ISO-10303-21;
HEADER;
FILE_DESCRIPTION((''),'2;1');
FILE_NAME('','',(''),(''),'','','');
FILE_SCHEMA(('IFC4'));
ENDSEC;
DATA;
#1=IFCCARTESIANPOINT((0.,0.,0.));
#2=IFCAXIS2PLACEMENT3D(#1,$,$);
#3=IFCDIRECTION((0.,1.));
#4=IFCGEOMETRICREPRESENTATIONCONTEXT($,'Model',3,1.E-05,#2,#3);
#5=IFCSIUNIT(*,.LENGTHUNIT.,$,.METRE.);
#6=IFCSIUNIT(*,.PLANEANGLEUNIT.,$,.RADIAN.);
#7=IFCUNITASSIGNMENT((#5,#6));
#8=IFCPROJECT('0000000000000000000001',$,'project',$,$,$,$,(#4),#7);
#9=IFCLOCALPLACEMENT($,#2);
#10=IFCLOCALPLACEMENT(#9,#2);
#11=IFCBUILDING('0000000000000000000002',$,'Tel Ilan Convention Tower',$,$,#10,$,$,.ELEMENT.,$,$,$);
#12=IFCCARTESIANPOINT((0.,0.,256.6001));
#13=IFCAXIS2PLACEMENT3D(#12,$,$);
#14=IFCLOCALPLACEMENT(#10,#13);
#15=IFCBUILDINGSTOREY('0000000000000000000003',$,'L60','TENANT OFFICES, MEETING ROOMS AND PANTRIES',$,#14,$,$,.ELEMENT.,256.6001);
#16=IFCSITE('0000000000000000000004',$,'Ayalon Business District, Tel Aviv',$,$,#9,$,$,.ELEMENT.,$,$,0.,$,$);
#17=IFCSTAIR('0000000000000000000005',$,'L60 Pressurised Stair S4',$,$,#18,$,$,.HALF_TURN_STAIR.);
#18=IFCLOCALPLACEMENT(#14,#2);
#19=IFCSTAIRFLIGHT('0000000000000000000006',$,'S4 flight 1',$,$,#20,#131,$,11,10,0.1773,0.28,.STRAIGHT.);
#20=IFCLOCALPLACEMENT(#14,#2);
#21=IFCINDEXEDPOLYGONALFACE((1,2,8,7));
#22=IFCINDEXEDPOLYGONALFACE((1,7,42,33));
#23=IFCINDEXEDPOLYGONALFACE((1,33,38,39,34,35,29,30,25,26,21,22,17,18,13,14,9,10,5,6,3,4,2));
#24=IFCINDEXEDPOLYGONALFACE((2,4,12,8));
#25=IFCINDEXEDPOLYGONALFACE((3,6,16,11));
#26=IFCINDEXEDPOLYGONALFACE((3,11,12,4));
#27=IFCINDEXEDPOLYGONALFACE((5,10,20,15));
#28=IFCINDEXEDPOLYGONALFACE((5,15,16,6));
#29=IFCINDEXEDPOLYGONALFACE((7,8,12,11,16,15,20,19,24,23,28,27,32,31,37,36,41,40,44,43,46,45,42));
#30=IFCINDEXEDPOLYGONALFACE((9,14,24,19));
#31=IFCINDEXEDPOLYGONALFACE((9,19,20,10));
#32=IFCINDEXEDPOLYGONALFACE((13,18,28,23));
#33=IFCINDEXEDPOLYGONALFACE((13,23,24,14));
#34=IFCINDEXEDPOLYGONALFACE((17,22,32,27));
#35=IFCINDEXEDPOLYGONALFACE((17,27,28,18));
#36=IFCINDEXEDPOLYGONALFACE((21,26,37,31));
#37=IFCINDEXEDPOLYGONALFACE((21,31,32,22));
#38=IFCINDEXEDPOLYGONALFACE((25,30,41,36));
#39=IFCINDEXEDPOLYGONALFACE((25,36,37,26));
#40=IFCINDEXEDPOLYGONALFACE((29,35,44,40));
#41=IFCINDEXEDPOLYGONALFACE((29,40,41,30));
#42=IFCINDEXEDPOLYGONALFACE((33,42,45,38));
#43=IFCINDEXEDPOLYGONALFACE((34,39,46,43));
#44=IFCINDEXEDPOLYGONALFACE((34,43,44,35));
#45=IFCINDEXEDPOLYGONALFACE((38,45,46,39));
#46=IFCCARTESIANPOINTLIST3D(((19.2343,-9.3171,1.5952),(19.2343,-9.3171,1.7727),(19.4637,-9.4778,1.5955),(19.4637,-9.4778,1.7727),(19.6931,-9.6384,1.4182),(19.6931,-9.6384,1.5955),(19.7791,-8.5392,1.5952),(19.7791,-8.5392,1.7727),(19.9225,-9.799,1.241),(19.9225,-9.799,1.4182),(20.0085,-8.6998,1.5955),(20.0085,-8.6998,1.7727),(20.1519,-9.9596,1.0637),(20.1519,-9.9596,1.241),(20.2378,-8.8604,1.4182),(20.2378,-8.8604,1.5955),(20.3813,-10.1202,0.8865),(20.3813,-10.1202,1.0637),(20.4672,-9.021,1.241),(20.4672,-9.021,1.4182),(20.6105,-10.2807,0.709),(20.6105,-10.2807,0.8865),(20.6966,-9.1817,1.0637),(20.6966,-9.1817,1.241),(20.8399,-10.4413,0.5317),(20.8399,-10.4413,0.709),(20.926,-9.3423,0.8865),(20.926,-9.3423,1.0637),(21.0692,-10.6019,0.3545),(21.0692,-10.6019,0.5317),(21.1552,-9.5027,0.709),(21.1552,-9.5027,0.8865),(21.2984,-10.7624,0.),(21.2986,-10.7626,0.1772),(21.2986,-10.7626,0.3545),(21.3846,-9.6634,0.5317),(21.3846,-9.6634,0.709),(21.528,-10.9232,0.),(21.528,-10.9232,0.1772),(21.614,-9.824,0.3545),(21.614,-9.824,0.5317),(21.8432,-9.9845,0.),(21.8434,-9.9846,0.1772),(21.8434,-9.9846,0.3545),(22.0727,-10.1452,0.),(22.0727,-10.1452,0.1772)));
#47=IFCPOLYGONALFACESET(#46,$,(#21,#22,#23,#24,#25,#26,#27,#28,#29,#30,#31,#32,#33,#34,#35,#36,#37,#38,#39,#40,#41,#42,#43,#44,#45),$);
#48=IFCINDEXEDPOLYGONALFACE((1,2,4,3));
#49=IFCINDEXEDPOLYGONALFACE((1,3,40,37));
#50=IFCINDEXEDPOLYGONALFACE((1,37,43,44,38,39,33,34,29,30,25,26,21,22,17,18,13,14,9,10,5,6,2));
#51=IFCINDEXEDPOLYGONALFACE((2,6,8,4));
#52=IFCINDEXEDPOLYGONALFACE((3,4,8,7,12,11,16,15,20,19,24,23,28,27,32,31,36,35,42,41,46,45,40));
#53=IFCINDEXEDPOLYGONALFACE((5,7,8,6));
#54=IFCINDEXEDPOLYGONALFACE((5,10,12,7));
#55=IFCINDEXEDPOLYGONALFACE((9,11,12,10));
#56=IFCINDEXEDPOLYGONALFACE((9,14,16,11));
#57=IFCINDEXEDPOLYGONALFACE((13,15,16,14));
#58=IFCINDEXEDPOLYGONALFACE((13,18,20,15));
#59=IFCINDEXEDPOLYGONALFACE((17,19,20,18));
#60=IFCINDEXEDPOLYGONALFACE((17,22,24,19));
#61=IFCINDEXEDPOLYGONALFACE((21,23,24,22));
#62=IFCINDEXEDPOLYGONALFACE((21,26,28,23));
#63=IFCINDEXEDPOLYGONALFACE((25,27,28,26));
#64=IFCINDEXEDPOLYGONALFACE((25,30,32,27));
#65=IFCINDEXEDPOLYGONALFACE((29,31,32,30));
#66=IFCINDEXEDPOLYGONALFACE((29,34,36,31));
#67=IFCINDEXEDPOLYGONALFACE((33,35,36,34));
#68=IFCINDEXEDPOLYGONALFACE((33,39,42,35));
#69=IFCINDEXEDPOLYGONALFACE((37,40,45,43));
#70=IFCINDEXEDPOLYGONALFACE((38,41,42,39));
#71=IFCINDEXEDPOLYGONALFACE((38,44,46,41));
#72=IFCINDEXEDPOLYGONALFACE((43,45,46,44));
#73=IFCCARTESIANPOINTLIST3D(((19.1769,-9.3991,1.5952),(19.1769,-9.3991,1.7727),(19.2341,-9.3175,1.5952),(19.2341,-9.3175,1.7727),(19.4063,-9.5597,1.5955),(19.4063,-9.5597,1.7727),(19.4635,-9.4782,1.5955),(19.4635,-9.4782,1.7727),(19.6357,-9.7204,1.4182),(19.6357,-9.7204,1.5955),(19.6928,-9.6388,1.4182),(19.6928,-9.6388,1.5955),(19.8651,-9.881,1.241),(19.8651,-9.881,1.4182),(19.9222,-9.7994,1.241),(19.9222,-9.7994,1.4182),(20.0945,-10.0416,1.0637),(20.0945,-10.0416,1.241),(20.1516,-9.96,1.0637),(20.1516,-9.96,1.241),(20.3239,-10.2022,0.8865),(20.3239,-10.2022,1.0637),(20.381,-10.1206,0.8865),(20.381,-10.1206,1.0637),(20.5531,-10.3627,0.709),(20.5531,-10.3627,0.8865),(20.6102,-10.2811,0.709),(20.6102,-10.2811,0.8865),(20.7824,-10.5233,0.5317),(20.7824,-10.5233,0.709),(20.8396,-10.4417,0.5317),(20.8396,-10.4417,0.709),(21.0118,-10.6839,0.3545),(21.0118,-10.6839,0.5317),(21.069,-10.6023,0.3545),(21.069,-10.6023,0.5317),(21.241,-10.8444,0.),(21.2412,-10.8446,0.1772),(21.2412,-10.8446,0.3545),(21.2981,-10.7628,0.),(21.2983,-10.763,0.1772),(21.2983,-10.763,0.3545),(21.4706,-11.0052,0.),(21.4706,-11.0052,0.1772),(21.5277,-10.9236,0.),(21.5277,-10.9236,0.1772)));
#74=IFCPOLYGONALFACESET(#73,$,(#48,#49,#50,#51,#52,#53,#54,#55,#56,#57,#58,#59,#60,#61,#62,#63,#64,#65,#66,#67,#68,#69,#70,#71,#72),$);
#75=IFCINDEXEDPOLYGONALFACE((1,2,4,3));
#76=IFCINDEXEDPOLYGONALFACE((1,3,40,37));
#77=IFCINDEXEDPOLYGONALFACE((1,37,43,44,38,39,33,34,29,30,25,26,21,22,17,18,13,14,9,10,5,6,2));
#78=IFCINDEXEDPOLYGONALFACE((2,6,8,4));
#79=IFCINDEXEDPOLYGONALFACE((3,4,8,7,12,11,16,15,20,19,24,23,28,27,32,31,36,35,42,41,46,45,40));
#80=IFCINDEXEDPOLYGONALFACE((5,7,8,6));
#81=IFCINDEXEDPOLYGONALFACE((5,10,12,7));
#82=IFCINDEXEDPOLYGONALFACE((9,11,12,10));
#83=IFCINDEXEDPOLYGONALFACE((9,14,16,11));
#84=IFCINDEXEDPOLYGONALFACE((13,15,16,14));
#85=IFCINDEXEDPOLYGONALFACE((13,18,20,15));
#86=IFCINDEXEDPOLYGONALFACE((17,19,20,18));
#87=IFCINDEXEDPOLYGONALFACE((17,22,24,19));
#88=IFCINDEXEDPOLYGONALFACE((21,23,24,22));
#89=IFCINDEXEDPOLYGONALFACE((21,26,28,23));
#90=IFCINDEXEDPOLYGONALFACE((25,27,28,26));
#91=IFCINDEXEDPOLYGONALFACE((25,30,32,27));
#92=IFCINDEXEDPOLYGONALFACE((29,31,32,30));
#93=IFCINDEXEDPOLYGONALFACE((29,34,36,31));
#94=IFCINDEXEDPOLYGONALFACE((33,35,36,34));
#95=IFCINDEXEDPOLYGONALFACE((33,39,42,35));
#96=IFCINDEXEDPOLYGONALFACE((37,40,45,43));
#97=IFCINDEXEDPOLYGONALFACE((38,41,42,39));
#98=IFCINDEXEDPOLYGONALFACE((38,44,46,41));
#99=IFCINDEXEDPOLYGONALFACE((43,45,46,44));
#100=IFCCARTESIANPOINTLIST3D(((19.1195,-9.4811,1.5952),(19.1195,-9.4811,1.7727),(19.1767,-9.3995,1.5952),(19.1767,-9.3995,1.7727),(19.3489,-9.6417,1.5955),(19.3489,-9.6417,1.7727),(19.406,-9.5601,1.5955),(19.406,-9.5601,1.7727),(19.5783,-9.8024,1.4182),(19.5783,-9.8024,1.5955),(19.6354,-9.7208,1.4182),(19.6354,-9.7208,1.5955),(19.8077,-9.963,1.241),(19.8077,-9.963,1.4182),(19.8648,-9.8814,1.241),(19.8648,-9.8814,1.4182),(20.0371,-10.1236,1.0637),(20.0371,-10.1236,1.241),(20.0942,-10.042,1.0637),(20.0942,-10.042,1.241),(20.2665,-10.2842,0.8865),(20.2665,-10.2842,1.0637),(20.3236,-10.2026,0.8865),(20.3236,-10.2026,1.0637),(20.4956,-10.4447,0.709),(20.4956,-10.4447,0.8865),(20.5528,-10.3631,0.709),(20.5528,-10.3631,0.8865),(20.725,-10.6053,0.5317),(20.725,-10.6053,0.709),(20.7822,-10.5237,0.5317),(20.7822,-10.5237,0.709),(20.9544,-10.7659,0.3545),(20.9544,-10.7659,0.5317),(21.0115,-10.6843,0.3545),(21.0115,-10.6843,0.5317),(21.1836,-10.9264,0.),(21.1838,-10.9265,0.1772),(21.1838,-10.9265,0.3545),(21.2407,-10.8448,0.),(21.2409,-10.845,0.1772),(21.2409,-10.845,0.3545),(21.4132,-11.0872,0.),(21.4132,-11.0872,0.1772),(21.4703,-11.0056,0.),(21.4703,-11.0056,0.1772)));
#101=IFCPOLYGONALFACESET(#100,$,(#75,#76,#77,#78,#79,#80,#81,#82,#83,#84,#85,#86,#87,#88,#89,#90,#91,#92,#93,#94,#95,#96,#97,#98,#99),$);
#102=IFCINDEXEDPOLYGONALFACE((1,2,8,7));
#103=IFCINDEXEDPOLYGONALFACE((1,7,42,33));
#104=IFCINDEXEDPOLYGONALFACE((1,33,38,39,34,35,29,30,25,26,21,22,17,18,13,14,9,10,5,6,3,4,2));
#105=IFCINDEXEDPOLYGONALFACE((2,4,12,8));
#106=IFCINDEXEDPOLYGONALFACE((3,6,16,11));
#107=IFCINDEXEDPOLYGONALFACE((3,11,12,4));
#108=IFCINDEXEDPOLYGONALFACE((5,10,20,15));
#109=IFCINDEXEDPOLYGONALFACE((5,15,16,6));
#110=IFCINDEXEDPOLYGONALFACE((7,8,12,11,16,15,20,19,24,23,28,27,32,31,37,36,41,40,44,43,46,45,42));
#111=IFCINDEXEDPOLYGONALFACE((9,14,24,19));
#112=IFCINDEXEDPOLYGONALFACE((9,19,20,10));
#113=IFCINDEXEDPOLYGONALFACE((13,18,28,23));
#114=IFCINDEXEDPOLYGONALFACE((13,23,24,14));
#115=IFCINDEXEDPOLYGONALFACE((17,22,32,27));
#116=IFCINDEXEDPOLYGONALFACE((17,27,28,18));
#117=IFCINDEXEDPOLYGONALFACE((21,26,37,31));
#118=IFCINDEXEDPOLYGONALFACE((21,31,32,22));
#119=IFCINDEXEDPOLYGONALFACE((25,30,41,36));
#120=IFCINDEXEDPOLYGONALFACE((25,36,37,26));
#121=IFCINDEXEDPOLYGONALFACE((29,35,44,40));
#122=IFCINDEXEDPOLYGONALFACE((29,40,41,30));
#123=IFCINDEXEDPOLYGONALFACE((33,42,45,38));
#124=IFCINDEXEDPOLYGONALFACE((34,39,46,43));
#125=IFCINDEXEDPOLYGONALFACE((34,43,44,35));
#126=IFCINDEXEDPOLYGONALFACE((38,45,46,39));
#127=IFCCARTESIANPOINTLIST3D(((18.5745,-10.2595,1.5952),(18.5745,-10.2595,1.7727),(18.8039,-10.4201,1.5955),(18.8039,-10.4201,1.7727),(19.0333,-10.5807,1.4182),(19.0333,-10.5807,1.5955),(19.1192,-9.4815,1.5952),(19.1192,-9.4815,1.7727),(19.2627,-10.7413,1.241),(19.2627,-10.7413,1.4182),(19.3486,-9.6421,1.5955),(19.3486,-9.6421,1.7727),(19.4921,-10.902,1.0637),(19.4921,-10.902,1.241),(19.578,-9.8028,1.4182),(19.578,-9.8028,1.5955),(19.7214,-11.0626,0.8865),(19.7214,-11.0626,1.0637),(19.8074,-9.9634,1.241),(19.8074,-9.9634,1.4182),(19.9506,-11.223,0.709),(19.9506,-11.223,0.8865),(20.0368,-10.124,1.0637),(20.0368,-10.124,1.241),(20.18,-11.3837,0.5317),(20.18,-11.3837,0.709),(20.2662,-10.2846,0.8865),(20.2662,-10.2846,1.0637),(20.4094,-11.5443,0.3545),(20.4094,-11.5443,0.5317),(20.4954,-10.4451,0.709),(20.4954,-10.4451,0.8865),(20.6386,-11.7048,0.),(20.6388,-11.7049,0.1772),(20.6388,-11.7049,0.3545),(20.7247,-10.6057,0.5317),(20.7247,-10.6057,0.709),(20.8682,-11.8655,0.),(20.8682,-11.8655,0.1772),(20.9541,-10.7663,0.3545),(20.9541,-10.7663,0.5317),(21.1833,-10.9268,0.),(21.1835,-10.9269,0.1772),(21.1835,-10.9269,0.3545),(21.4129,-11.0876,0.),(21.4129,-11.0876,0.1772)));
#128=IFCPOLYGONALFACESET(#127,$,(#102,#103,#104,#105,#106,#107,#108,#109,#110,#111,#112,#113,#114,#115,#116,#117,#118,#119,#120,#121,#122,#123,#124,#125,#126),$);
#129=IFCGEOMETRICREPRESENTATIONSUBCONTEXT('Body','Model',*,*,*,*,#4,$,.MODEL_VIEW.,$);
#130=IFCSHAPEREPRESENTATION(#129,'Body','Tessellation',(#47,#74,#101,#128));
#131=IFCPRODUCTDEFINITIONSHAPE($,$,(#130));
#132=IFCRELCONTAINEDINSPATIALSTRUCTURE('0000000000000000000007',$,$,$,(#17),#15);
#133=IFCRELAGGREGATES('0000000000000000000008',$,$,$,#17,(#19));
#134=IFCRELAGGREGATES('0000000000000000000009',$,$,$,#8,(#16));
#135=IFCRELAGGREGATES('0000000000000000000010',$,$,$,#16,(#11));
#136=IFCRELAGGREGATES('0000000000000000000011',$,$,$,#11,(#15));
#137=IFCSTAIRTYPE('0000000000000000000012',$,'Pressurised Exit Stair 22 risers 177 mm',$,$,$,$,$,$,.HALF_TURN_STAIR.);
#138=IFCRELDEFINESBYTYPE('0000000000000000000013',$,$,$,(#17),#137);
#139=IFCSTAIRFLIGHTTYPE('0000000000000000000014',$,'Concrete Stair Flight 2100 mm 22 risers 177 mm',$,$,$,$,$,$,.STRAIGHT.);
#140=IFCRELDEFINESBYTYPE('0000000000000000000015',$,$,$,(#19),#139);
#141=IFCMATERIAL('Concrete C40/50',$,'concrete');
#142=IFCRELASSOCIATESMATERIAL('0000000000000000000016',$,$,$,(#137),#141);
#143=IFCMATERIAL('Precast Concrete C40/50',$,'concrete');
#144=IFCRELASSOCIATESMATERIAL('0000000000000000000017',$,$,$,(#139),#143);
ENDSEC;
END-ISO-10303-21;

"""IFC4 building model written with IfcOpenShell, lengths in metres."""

from ifc_helpers import new_model, si_unit, direction, frame, origin, place, context, subcontext, project, spatial, polyline, outline, extrude, material, type_object, element, aggregate, save


model = new_model("IFC4")

# Units and contexts
model_context = context("Model", 3, precision=1e-05, world=origin(), true_north=direction((0.0, 1.0)))
body_context = subcontext(model_context, "Body", "Model", "MODEL_VIEW")
ifc_project = project(units=[si_unit("LENGTHUNIT", "METRE"), si_unit("PLANEANGLEUNIT", "RADIAN")], contexts=[model_context])

# Site, building, storey
site_placement = place(None, origin())
site = spatial("IfcSite", under=ifc_project, at=site_placement, Name="Ayalon Business District, Tel Aviv", CompositionType="ELEMENT", RefElevation=0.0)
building_placement = place(site_placement, origin())
building = spatial("IfcBuilding", under=site, at=building_placement, Name="Tel Ilan Convention Tower", CompositionType="ELEMENT")
storey_placement = place(building_placement, frame((0.0, 0.0, 256.6001)))
storey = spatial("IfcBuildingStorey", under=building, at=storey_placement, Name="L60", Description="TENANT OFFICES, MEETING ROOMS AND PANTRIES", CompositionType="ELEMENT", Elevation=256.6001)

# Stair, stair flight
ifc_material_1 = material(Name="Concrete C40/50", Category="concrete")
stair_type = type_object("IfcStairType", Name="Pressurised Exit Stair 22 risers 177 mm", PredefinedType="HALF_TURN_STAIR", material=ifc_material_1)
stair_placement = place(storey_placement, origin())
stair = element("IfcStair", 1, at=stair_placement, inside=storey, type_object=stair_type, Name="L60 Pressurised Stair S4", PredefinedType="HALF_TURN_STAIR")
ifc_material_2 = material(Name="Precast Concrete C40/50", Category="concrete")
stair_flight_type = type_object("IfcStairFlightType", Name="Concrete Stair Flight 2100 mm 22 risers 177 mm", PredefinedType="STRAIGHT", material=ifc_material_2)
stair_flight_1_placement = place(storey_placement, frame((21.4705, -11.0054, 0.0), z_axis=(0.0, 0.0, 1.0), x_axis=(-0.819152, 0.573576, 0.0)))
stair_flight_1 = element("IfcStairFlight", 2, at=stair_flight_1_placement, type_object=stair_flight_type, Name="S4 flight 1", NumberOfRisers=11, NumberOfTreads=10, PredefinedType="STRAIGHT", RiserHeight=0.1773, TreadLength=0.28, context=body_context, shape_type="SweptSolid", body=[
    extrude(outline(polyline([(0.0, 0.0), (0.0, 0.1772), (0.28, 0.1772), (0.28, 0.3545), (0.5601, 0.3545), (0.5601, 0.5317), (0.8401, 0.5317), (0.8401, 0.709), (1.1201, 0.709), (1.1201, 0.8865), (1.3999, 0.8865), (1.3999, 1.0637), (1.6799, 1.0637), (1.6799, 1.241), (1.96, 1.241), (1.96, 1.4182), (2.24, 1.4182), (2.24, 1.5955), (2.52, 1.5955), (2.52, 1.7727), (2.8, 1.7727), (2.8, 1.95), (2.8, 1.5952), (0.2803, 0.0), (0.0, 0.0)])), frame((0.0, -0.1003, 0.0), z_axis=(0.0, -1.0, 0.0), x_axis=(1.0, 0.0, 0.0)), (0.0, 0.0, 1.0), 0.9497),
    extrude(outline(polyline([(0.0, 0.0), (0.0, 0.1772), (0.28, 0.1772), (0.28, 0.3545), (0.5601, 0.3545), (0.5601, 0.5317), (0.8401, 0.5317), (0.8401, 0.709), (1.1201, 0.709), (1.1201, 0.8865), (1.3999, 0.8865), (1.3999, 1.0637), (1.6799, 1.0637), (1.6799, 1.241), (1.96, 1.241), (1.96, 1.4182), (2.24, 1.4182), (2.24, 1.5955), (2.52, 1.5955), (2.52, 1.7727), (2.8, 1.7727), (2.8, 1.95), (2.8, 1.5952), (0.2803, 0.0), (0.0, 0.0)])), frame((0.0, -0.0002, 0.0), z_axis=(0.0, -1.0, 0.0), x_axis=(1.0, 0.0, 0.0)), (0.0, 0.0, 1.0), 0.0996),
    extrude(outline(polyline([(0.0, 0.0), (0.0, 0.1772), (0.28, 0.1772), (0.28, 0.3545), (0.5601, 0.3545), (0.5601, 0.5317), (0.8401, 0.5317), (0.8401, 0.709), (1.1201, 0.709), (1.1201, 0.8865), (1.3999, 0.8865), (1.3999, 1.0637), (1.6799, 1.0637), (1.6799, 1.241), (1.96, 1.241), (1.96, 1.4182), (2.24, 1.4182), (2.24, 1.5955), (2.52, 1.5955), (2.52, 1.7727), (2.8, 1.7727), (2.8, 1.95), (2.8, 1.5952), (0.2803, 0.0), (0.0, 0.0)])), frame((0.0, 0.0999, 0.0), z_axis=(0.0, -1.0, 0.0), x_axis=(1.0, 0.0, 0.0)), (0.0, 0.0, 1.0), 0.0996),
    extrude(outline(polyline([(0.0, 0.0), (0.0, 0.1772), (0.28, 0.1772), (0.28, 0.3545), (0.5601, 0.3545), (0.5601, 0.5317), (0.8401, 0.5317), (0.8401, 0.709), (1.1201, 0.709), (1.1201, 0.8865), (1.3999, 0.8865), (1.3999, 1.0637), (1.6799, 1.0637), (1.6799, 1.241), (1.96, 1.241), (1.96, 1.4182), (2.24, 1.4182), (2.24, 1.5955), (2.52, 1.5955), (2.52, 1.7727), (2.8, 1.7727), (2.8, 1.95), (2.8, 1.5952), (0.2803, 0.0), (0.0, 0.0)])), frame((0.0, 1.05, 0.0), z_axis=(0.0, -1.0, 0.0), x_axis=(1.0, 0.0, 0.0)), (0.0, 0.0, 1.0), 0.9497),
])
aggregate(stair, [stair_flight_1])

save(model, "model.ifc")
